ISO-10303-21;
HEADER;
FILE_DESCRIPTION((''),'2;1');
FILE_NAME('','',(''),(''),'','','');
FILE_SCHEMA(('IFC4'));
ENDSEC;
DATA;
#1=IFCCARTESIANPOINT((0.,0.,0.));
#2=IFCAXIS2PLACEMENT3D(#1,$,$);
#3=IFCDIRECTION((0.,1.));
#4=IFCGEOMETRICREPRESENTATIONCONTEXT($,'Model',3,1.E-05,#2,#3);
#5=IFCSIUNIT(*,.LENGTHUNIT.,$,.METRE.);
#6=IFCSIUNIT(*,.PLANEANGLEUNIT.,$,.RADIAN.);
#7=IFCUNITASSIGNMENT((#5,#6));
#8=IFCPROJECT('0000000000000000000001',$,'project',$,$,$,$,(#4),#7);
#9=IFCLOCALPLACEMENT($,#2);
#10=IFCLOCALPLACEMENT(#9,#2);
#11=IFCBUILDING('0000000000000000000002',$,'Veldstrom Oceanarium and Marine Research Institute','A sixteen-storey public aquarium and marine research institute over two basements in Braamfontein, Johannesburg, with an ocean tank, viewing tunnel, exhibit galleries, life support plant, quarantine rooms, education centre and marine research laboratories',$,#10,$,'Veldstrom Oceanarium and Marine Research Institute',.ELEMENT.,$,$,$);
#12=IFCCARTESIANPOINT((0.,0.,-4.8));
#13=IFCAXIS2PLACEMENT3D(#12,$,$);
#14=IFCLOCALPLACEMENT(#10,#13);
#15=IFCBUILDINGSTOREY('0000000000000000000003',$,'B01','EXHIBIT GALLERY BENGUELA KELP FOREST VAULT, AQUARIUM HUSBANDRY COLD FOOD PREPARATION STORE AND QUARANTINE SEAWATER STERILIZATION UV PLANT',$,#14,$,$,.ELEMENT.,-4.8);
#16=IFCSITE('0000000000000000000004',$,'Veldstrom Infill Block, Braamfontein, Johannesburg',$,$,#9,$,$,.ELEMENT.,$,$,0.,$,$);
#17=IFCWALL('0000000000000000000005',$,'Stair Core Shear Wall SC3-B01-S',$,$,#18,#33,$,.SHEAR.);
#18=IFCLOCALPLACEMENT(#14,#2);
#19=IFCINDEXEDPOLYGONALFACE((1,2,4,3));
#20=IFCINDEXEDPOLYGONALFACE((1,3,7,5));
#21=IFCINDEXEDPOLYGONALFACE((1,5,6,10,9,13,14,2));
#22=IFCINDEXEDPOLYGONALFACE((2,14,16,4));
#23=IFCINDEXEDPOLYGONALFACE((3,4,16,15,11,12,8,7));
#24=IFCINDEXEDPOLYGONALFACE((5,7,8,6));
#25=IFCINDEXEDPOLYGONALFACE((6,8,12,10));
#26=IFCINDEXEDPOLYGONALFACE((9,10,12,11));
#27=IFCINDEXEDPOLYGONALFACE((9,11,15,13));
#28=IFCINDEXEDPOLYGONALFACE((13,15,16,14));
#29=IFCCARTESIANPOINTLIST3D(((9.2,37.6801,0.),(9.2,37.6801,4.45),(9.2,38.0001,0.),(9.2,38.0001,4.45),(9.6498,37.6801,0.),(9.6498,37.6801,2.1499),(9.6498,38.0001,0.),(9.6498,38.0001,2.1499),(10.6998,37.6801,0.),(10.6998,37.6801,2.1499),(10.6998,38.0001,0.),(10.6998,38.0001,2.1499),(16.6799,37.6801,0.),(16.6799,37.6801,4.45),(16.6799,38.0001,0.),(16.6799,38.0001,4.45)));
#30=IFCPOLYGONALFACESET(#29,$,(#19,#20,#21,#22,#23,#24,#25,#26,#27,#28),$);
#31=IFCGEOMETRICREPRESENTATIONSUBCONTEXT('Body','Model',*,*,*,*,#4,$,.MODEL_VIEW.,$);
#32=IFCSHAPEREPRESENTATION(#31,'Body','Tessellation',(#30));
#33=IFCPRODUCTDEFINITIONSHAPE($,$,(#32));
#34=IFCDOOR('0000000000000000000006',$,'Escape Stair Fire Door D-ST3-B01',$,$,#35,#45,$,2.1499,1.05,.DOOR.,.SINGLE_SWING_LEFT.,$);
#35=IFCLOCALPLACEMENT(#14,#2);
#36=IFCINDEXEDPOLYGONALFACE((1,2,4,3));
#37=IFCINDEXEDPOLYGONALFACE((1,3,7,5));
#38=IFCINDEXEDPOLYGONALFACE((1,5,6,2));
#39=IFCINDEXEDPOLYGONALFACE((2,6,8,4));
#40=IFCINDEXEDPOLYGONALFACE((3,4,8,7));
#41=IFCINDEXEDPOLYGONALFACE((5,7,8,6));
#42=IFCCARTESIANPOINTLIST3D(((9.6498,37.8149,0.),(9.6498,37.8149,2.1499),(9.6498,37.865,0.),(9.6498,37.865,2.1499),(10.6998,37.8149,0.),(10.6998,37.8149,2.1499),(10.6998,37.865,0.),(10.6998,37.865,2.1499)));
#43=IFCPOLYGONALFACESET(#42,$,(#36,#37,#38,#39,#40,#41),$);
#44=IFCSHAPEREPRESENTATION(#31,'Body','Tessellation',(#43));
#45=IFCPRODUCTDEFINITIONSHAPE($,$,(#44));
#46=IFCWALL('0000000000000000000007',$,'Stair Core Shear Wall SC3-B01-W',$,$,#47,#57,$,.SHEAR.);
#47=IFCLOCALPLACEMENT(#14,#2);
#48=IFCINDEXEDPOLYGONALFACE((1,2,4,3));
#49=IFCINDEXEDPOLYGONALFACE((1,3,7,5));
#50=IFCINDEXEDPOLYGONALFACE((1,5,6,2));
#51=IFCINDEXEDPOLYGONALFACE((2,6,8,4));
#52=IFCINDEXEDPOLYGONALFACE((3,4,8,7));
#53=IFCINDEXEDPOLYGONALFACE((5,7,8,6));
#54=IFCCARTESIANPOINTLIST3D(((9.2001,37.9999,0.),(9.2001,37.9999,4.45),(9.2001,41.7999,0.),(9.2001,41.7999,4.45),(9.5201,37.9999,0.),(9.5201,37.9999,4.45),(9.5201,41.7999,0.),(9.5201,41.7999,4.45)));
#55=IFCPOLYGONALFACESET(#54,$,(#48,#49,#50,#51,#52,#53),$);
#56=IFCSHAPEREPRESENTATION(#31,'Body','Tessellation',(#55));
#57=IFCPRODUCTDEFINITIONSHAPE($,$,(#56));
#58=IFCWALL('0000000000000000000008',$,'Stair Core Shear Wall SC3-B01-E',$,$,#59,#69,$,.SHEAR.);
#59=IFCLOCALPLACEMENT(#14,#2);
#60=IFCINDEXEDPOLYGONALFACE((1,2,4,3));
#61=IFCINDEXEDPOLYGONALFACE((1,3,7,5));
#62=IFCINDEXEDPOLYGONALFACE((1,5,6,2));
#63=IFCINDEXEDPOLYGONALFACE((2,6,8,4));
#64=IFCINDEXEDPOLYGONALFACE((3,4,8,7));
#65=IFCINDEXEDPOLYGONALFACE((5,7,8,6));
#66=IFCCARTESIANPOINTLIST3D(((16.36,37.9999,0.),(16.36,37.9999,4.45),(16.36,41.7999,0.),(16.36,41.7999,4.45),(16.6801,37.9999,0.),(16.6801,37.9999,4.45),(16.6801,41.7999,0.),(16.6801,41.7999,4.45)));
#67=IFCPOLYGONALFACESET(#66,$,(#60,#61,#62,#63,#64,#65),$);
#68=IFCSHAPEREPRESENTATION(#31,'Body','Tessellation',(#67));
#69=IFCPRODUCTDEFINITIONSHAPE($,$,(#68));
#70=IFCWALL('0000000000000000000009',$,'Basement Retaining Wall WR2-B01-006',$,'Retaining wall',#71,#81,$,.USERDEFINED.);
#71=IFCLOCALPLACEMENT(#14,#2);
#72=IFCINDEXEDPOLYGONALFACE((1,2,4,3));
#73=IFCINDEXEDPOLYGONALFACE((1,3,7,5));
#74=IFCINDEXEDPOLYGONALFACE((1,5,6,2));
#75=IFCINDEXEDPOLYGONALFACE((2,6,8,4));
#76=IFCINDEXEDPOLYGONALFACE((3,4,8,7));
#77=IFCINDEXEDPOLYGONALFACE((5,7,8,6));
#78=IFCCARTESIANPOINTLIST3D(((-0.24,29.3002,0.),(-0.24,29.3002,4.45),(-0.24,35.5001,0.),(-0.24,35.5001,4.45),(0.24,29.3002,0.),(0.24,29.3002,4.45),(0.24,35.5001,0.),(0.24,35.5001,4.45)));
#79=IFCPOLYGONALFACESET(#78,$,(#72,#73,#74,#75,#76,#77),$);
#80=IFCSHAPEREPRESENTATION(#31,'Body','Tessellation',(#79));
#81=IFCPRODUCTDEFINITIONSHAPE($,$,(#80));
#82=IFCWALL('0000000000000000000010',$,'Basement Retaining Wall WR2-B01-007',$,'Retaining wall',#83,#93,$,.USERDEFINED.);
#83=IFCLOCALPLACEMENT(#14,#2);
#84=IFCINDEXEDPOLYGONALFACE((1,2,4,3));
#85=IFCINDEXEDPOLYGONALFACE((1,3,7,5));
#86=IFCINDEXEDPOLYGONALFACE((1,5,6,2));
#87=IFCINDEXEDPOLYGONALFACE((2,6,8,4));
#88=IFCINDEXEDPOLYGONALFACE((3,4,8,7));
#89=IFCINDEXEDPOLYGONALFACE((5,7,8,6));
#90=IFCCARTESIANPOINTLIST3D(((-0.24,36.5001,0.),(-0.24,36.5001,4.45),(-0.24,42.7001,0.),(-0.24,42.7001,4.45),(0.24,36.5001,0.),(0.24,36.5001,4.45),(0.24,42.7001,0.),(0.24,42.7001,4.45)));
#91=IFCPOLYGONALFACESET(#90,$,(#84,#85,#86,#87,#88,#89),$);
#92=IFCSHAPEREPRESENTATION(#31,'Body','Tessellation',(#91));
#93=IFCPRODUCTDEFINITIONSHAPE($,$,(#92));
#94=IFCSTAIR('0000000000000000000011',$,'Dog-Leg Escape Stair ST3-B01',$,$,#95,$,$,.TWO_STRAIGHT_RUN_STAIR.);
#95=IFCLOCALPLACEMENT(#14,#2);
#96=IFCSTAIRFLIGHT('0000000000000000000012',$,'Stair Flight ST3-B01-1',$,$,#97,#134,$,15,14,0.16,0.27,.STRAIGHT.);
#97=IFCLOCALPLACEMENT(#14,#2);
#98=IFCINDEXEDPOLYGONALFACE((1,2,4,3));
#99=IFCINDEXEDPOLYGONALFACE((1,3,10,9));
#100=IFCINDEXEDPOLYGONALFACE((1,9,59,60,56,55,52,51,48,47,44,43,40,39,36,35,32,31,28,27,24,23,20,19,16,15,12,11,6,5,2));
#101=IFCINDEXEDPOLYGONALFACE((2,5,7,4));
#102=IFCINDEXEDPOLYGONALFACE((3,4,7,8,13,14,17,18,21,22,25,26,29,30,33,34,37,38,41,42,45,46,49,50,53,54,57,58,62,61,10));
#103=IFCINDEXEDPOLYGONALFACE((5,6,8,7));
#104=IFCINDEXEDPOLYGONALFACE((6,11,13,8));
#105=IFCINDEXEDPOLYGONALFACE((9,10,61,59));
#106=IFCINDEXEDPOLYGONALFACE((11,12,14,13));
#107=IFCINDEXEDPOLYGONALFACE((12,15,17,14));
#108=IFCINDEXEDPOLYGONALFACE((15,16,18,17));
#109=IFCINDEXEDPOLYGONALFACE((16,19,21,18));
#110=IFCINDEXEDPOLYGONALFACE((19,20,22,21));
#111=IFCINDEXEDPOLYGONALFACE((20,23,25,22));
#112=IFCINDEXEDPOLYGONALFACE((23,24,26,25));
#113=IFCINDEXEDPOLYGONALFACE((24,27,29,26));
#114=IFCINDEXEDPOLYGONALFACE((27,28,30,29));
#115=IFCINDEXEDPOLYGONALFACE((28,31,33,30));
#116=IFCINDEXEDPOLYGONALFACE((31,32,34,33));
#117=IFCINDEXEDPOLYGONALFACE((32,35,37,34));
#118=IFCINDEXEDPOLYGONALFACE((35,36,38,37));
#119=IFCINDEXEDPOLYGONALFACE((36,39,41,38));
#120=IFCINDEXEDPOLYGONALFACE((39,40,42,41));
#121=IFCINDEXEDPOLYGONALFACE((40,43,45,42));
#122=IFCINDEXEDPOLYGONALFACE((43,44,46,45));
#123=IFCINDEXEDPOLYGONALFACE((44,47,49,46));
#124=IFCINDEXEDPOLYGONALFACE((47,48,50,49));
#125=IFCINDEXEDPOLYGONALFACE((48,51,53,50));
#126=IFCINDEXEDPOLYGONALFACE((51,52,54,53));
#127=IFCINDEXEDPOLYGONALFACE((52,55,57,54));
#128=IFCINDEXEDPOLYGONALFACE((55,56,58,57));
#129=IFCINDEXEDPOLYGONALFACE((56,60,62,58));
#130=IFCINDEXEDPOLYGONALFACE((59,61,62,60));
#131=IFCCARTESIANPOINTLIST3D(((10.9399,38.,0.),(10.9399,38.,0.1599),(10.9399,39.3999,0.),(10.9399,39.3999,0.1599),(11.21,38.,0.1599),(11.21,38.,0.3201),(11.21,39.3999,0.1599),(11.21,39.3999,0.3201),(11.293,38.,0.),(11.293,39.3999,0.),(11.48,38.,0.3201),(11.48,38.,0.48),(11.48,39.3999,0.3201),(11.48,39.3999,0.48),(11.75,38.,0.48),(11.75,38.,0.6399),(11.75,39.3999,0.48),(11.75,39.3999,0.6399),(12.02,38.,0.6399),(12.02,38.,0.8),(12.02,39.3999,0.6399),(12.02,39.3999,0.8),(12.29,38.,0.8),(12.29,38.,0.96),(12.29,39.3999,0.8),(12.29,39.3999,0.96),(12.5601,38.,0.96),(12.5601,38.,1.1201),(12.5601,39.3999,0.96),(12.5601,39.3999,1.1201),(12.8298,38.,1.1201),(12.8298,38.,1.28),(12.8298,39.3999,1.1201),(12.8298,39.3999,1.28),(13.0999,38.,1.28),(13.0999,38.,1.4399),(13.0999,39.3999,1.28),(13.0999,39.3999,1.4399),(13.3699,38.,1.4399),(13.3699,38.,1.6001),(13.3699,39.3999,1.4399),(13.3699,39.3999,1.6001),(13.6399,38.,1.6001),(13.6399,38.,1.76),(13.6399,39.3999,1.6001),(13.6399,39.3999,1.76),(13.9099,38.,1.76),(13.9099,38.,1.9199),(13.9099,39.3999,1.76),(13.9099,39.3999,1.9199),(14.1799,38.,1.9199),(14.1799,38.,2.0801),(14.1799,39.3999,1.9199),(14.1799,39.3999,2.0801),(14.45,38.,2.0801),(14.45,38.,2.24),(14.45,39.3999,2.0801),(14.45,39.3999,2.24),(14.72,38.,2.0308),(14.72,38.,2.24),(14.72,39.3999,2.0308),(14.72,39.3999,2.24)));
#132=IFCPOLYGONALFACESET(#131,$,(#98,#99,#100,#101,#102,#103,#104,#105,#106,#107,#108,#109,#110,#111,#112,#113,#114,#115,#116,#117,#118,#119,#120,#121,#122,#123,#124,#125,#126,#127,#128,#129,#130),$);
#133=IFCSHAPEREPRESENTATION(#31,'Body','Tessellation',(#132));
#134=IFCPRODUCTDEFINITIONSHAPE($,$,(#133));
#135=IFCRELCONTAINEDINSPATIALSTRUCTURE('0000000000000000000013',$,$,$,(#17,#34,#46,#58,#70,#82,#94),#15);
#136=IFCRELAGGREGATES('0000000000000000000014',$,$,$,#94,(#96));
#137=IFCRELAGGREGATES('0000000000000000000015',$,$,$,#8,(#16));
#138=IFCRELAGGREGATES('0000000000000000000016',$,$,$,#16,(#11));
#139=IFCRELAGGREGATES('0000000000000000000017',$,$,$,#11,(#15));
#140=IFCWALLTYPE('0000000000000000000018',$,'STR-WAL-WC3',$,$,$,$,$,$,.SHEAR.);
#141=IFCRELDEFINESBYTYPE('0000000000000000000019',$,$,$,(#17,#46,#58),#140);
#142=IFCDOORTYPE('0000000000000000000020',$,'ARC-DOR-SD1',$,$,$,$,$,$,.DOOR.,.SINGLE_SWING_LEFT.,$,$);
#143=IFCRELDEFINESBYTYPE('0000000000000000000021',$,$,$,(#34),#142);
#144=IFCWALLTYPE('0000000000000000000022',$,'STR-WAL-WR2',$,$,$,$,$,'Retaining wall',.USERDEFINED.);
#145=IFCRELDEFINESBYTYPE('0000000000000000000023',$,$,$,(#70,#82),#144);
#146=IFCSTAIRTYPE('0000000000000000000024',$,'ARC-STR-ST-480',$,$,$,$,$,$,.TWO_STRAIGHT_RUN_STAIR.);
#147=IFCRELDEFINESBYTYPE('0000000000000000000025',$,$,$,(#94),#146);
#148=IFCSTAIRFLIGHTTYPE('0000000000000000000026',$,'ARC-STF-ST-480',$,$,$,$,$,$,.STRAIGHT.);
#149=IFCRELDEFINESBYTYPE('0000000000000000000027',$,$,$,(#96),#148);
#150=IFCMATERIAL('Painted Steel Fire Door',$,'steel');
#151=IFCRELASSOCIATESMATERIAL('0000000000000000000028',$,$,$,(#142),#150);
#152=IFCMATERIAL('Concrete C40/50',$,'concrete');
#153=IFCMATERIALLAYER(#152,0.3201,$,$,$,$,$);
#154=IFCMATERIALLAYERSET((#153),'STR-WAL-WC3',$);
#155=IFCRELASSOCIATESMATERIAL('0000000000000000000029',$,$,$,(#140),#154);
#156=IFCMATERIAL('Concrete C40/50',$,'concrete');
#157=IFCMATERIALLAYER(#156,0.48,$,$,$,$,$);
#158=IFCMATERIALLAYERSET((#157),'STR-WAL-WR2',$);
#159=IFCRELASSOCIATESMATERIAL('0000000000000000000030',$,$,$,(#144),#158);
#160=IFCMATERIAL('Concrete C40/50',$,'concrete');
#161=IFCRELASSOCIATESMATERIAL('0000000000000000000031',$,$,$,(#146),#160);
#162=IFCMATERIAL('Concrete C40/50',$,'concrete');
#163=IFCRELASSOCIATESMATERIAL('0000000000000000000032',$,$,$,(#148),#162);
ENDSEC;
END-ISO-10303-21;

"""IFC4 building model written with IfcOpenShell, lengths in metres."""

from ifc_helpers import new_model, si_unit, direction, frame, frame_2d, origin, place, context, subcontext, project, spatial, polyline, rectangle, outline, extrude, material, layer, layer_set, type_object, element, fill, aggregate, save


model = new_model("IFC4")

# Units and contexts
model_context = context("Model", 3, precision=1e-05, world=origin(), true_north=direction((0.0, 1.0)))
body_context = subcontext(model_context, "Body", "Model", "MODEL_VIEW")
ifc_project = project(units=[si_unit("LENGTHUNIT", "METRE"), si_unit("PLANEANGLEUNIT", "RADIAN")], contexts=[model_context])

# Site, building, storey
site_placement = place(None, origin())
site = spatial("IfcSite", under=ifc_project, at=site_placement, Name="Veldstrom Infill Block, Braamfontein, Johannesburg", CompositionType="ELEMENT", RefElevation=0.0)
building_placement = place(site_placement, origin())
building = spatial("IfcBuilding", under=site, at=building_placement, Name="Veldstrom Oceanarium and Marine Research Institute", Description="A sixteen-storey public aquarium and marine research institute over two basements in Braamfontein, Johannesburg, with an ocean tank, viewing tunnel, exhibit galleries, life support plant, quarantine rooms, education centre and marine research laboratories", LongName="Veldstrom Oceanarium and Marine Research Institute", CompositionType="ELEMENT")
storey_placement = place(building_placement, frame((0.0, 0.0, -4.8)))
storey = spatial("IfcBuildingStorey", under=building, at=storey_placement, Name="B01", Description="EXHIBIT GALLERY BENGUELA KELP FOREST VAULT, AQUARIUM HUSBANDRY COLD FOOD PREPARATION STORE AND QUARANTINE SEAWATER STERILIZATION UV PLANT", CompositionType="ELEMENT", Elevation=-4.8)

# Shared definitions
ifc_material_1 = material(Name="Painted Steel Fire Door", Category="steel")
door_type_1 = type_object("IfcDoorType", Name="ARC-DOR-SD1", OperationType="SINGLE_SWING_LEFT", PredefinedType="DOOR", material=ifc_material_1)

# Wall, opening, door
ifc_material_2 = material(Name="Concrete C40/50", Category="concrete")
ifc_layer_1 = layer(ifc_material_2, 0.3201)
ifc_layer_set_1 = layer_set([ifc_layer_1], Name="STR-WAL-WC3")
wall_type_1 = type_object("IfcWallType", Name="STR-WAL-WC3", PredefinedType="SHEAR", material=ifc_layer_set_1)
wall_1_placement = place(storey_placement, frame((9.2, 37.8401, 0.0), z_axis=(0.0, 0.0, 1.0), x_axis=(1.0, 0.0, 0.0)))
wall_1 = element("IfcWall", 1, at=wall_1_placement, inside=storey, type_object=wall_type_1, Name="Stair Core Shear Wall SC3-B01-S", PredefinedType="SHEAR", context=body_context, shape_type="SweptSolid", body=[
    extrude(rectangle(XDim=7.48, YDim=0.3201, at=frame_2d((3.74, 0.0))), origin(), (0.0, 0.0, 1.0), 4.45),
])
opening_1_placement = place(wall_1_placement, frame((0.45, 0.0, 0.0)))
opening_1 = element("IfcOpeningElement", 2, at=opening_1_placement, cuts=wall_1, PredefinedType="OPENING", context=body_context, shape_type="SweptSolid", body=[
    extrude(rectangle(XDim=1.05, YDim=2.1499, at=frame_2d((0.5249, 1.075))), frame((0.0, 0.1699, 0.0), z_axis=(0.0, -1.0, 0.0), x_axis=(1.0, 0.0, 0.0)), (0.0, 0.0, 1.0), 0.3401),
])
door_1_placement = place(opening_1_placement, origin())
door_1 = element("IfcDoor", 3, at=door_1_placement, inside=storey, type_object=door_type_1, Name="Escape Stair Fire Door D-ST3-B01", OperationType="SINGLE_SWING_LEFT", OverallHeight=2.1499, OverallWidth=1.05, PredefinedType="DOOR", context=body_context, shape_type="SweptSolid", body=[
    extrude(rectangle(XDim=1.05, YDim=2.1499, at=frame_2d((0.5249, 1.075))), frame((0.0, 0.0249, 0.0), z_axis=(0.0, -1.0, 0.0), x_axis=(1.0, 0.0, 0.0)), (0.0, 0.0, 1.0), 0.05),
])
fill(opening_1, door_1)

# Walls
for number, where, z_axis, x_axis, name in (
    (4, (9.3601, 38.0, 0.0), (0.0, 0.0, 1.0), (0.0, 1.0, 0.0), "Stair Core Shear Wall SC3-B01-W"),
    (5, (16.52, 38.0, 0.0), (0.0, 0.0, 1.0), (0.0, 1.0, 0.0), "Stair Core Shear Wall SC3-B01-E"),
):
    element("IfcWall", number, at=place(storey_placement, frame(where, z_axis=z_axis, x_axis=x_axis)), inside=storey, type_object=wall_type_1, Name=name, PredefinedType="SHEAR", context=body_context, shape_type="SweptSolid", body=[
        extrude(rectangle(XDim=3.8, YDim=0.3201, at=frame_2d((1.8999, 0.0))), origin(), (0.0, 0.0, 1.0), 4.45),
    ])
ifc_material_3 = material(Name="Concrete C40/50", Category="concrete")
ifc_layer_2 = layer(ifc_material_3, 0.48)
ifc_layer_set_2 = layer_set([ifc_layer_2], Name="STR-WAL-WR2")
wall_type_2 = type_object("IfcWallType", Name="STR-WAL-WR2", ElementType="Retaining wall", PredefinedType="USERDEFINED", material=ifc_layer_set_2)
for number, where, z_axis, x_axis, name in (
    (6, (0.0, 29.3, 0.0), (0.0, 0.0, 1.0), (0.0, 1.0, 0.0), "Basement Retaining Wall WR2-B01-006"),
    (7, (0.0, 36.5, 0.0), (0.0, 0.0, 1.0), (0.0, 1.0, 0.0), "Basement Retaining Wall WR2-B01-007"),
):
    element("IfcWall", number, at=place(storey_placement, frame(where, z_axis=z_axis, x_axis=x_axis)), inside=storey, type_object=wall_type_2, Name=name, ObjectType="Retaining wall", PredefinedType="USERDEFINED", context=body_context, shape_type="SweptSolid", body=[
        extrude(rectangle(XDim=6.2, YDim=0.48, at=frame_2d((3.1001, 0.0))), origin(), (0.0, 0.0, 1.0), 4.45),
    ])

# Stair, stair flight
ifc_material_4 = material(Name="Concrete C40/50", Category="concrete")
stair_type = type_object("IfcStairType", Name="ARC-STR-ST-480", PredefinedType="TWO_STRAIGHT_RUN_STAIR", material=ifc_material_4)
stair_placement = place(storey_placement, origin())
stair = element("IfcStair", 8, at=stair_placement, inside=storey, type_object=stair_type, Name="Dog-Leg Escape Stair ST3-B01", PredefinedType="TWO_STRAIGHT_RUN_STAIR")
ifc_material_5 = material(Name="Concrete C40/50", Category="concrete")
stair_flight_type = type_object("IfcStairFlightType", Name="ARC-STF-ST-480", PredefinedType="STRAIGHT", material=ifc_material_5)
stair_flight_placement = place(storey_placement, frame((10.9399, 38.7, 0.0), z_axis=(0.0, 0.0, 1.0), x_axis=(1.0, 0.0, 0.0)))
stair_flight = element("IfcStairFlight", 9, at=stair_flight_placement, type_object=stair_flight_type, Name="Stair Flight ST3-B01-1", NumberOfRisers=15, NumberOfTreads=14, PredefinedType="STRAIGHT", RiserHeight=0.16, TreadLength=0.27, context=body_context, shape_type="SweptSolid", body=[
    extrude(outline(polyline([(0.0, 0.0), (0.0, 0.1599), (0.27, 0.1599), (0.27, 0.3201), (0.54, 0.3201), (0.54, 0.48), (0.8101, 0.48), (0.8101, 0.6399), (1.0801, 0.6399), (1.0801, 0.8), (1.3501, 0.8), (1.3501, 0.96), (1.6201, 0.96), (1.6201, 1.1201), (1.8899, 1.1201), (1.8899, 1.28), (2.1599, 1.28), (2.1599, 1.4399), (2.4299, 1.4399), (2.4299, 1.6001), (2.7, 1.6001), (2.7, 1.76), (2.97, 1.76), (2.97, 1.9199), (3.24, 1.9199), (3.24, 2.0801), (3.51, 2.0801), (3.51, 2.24), (3.78, 2.24), (3.78, 2.3999), (3.78, 2.0308), (0.353, 0.0), (0.0, 0.0)])), frame((0.0, 0.7, 0.0), z_axis=(0.0, -1.0, 0.0), x_axis=(1.0, 0.0, 0.0)), (0.0, 0.0, 1.0), 1.3999),
])
aggregate(stair, [stair_flight])

save(model, "model.ifc")
